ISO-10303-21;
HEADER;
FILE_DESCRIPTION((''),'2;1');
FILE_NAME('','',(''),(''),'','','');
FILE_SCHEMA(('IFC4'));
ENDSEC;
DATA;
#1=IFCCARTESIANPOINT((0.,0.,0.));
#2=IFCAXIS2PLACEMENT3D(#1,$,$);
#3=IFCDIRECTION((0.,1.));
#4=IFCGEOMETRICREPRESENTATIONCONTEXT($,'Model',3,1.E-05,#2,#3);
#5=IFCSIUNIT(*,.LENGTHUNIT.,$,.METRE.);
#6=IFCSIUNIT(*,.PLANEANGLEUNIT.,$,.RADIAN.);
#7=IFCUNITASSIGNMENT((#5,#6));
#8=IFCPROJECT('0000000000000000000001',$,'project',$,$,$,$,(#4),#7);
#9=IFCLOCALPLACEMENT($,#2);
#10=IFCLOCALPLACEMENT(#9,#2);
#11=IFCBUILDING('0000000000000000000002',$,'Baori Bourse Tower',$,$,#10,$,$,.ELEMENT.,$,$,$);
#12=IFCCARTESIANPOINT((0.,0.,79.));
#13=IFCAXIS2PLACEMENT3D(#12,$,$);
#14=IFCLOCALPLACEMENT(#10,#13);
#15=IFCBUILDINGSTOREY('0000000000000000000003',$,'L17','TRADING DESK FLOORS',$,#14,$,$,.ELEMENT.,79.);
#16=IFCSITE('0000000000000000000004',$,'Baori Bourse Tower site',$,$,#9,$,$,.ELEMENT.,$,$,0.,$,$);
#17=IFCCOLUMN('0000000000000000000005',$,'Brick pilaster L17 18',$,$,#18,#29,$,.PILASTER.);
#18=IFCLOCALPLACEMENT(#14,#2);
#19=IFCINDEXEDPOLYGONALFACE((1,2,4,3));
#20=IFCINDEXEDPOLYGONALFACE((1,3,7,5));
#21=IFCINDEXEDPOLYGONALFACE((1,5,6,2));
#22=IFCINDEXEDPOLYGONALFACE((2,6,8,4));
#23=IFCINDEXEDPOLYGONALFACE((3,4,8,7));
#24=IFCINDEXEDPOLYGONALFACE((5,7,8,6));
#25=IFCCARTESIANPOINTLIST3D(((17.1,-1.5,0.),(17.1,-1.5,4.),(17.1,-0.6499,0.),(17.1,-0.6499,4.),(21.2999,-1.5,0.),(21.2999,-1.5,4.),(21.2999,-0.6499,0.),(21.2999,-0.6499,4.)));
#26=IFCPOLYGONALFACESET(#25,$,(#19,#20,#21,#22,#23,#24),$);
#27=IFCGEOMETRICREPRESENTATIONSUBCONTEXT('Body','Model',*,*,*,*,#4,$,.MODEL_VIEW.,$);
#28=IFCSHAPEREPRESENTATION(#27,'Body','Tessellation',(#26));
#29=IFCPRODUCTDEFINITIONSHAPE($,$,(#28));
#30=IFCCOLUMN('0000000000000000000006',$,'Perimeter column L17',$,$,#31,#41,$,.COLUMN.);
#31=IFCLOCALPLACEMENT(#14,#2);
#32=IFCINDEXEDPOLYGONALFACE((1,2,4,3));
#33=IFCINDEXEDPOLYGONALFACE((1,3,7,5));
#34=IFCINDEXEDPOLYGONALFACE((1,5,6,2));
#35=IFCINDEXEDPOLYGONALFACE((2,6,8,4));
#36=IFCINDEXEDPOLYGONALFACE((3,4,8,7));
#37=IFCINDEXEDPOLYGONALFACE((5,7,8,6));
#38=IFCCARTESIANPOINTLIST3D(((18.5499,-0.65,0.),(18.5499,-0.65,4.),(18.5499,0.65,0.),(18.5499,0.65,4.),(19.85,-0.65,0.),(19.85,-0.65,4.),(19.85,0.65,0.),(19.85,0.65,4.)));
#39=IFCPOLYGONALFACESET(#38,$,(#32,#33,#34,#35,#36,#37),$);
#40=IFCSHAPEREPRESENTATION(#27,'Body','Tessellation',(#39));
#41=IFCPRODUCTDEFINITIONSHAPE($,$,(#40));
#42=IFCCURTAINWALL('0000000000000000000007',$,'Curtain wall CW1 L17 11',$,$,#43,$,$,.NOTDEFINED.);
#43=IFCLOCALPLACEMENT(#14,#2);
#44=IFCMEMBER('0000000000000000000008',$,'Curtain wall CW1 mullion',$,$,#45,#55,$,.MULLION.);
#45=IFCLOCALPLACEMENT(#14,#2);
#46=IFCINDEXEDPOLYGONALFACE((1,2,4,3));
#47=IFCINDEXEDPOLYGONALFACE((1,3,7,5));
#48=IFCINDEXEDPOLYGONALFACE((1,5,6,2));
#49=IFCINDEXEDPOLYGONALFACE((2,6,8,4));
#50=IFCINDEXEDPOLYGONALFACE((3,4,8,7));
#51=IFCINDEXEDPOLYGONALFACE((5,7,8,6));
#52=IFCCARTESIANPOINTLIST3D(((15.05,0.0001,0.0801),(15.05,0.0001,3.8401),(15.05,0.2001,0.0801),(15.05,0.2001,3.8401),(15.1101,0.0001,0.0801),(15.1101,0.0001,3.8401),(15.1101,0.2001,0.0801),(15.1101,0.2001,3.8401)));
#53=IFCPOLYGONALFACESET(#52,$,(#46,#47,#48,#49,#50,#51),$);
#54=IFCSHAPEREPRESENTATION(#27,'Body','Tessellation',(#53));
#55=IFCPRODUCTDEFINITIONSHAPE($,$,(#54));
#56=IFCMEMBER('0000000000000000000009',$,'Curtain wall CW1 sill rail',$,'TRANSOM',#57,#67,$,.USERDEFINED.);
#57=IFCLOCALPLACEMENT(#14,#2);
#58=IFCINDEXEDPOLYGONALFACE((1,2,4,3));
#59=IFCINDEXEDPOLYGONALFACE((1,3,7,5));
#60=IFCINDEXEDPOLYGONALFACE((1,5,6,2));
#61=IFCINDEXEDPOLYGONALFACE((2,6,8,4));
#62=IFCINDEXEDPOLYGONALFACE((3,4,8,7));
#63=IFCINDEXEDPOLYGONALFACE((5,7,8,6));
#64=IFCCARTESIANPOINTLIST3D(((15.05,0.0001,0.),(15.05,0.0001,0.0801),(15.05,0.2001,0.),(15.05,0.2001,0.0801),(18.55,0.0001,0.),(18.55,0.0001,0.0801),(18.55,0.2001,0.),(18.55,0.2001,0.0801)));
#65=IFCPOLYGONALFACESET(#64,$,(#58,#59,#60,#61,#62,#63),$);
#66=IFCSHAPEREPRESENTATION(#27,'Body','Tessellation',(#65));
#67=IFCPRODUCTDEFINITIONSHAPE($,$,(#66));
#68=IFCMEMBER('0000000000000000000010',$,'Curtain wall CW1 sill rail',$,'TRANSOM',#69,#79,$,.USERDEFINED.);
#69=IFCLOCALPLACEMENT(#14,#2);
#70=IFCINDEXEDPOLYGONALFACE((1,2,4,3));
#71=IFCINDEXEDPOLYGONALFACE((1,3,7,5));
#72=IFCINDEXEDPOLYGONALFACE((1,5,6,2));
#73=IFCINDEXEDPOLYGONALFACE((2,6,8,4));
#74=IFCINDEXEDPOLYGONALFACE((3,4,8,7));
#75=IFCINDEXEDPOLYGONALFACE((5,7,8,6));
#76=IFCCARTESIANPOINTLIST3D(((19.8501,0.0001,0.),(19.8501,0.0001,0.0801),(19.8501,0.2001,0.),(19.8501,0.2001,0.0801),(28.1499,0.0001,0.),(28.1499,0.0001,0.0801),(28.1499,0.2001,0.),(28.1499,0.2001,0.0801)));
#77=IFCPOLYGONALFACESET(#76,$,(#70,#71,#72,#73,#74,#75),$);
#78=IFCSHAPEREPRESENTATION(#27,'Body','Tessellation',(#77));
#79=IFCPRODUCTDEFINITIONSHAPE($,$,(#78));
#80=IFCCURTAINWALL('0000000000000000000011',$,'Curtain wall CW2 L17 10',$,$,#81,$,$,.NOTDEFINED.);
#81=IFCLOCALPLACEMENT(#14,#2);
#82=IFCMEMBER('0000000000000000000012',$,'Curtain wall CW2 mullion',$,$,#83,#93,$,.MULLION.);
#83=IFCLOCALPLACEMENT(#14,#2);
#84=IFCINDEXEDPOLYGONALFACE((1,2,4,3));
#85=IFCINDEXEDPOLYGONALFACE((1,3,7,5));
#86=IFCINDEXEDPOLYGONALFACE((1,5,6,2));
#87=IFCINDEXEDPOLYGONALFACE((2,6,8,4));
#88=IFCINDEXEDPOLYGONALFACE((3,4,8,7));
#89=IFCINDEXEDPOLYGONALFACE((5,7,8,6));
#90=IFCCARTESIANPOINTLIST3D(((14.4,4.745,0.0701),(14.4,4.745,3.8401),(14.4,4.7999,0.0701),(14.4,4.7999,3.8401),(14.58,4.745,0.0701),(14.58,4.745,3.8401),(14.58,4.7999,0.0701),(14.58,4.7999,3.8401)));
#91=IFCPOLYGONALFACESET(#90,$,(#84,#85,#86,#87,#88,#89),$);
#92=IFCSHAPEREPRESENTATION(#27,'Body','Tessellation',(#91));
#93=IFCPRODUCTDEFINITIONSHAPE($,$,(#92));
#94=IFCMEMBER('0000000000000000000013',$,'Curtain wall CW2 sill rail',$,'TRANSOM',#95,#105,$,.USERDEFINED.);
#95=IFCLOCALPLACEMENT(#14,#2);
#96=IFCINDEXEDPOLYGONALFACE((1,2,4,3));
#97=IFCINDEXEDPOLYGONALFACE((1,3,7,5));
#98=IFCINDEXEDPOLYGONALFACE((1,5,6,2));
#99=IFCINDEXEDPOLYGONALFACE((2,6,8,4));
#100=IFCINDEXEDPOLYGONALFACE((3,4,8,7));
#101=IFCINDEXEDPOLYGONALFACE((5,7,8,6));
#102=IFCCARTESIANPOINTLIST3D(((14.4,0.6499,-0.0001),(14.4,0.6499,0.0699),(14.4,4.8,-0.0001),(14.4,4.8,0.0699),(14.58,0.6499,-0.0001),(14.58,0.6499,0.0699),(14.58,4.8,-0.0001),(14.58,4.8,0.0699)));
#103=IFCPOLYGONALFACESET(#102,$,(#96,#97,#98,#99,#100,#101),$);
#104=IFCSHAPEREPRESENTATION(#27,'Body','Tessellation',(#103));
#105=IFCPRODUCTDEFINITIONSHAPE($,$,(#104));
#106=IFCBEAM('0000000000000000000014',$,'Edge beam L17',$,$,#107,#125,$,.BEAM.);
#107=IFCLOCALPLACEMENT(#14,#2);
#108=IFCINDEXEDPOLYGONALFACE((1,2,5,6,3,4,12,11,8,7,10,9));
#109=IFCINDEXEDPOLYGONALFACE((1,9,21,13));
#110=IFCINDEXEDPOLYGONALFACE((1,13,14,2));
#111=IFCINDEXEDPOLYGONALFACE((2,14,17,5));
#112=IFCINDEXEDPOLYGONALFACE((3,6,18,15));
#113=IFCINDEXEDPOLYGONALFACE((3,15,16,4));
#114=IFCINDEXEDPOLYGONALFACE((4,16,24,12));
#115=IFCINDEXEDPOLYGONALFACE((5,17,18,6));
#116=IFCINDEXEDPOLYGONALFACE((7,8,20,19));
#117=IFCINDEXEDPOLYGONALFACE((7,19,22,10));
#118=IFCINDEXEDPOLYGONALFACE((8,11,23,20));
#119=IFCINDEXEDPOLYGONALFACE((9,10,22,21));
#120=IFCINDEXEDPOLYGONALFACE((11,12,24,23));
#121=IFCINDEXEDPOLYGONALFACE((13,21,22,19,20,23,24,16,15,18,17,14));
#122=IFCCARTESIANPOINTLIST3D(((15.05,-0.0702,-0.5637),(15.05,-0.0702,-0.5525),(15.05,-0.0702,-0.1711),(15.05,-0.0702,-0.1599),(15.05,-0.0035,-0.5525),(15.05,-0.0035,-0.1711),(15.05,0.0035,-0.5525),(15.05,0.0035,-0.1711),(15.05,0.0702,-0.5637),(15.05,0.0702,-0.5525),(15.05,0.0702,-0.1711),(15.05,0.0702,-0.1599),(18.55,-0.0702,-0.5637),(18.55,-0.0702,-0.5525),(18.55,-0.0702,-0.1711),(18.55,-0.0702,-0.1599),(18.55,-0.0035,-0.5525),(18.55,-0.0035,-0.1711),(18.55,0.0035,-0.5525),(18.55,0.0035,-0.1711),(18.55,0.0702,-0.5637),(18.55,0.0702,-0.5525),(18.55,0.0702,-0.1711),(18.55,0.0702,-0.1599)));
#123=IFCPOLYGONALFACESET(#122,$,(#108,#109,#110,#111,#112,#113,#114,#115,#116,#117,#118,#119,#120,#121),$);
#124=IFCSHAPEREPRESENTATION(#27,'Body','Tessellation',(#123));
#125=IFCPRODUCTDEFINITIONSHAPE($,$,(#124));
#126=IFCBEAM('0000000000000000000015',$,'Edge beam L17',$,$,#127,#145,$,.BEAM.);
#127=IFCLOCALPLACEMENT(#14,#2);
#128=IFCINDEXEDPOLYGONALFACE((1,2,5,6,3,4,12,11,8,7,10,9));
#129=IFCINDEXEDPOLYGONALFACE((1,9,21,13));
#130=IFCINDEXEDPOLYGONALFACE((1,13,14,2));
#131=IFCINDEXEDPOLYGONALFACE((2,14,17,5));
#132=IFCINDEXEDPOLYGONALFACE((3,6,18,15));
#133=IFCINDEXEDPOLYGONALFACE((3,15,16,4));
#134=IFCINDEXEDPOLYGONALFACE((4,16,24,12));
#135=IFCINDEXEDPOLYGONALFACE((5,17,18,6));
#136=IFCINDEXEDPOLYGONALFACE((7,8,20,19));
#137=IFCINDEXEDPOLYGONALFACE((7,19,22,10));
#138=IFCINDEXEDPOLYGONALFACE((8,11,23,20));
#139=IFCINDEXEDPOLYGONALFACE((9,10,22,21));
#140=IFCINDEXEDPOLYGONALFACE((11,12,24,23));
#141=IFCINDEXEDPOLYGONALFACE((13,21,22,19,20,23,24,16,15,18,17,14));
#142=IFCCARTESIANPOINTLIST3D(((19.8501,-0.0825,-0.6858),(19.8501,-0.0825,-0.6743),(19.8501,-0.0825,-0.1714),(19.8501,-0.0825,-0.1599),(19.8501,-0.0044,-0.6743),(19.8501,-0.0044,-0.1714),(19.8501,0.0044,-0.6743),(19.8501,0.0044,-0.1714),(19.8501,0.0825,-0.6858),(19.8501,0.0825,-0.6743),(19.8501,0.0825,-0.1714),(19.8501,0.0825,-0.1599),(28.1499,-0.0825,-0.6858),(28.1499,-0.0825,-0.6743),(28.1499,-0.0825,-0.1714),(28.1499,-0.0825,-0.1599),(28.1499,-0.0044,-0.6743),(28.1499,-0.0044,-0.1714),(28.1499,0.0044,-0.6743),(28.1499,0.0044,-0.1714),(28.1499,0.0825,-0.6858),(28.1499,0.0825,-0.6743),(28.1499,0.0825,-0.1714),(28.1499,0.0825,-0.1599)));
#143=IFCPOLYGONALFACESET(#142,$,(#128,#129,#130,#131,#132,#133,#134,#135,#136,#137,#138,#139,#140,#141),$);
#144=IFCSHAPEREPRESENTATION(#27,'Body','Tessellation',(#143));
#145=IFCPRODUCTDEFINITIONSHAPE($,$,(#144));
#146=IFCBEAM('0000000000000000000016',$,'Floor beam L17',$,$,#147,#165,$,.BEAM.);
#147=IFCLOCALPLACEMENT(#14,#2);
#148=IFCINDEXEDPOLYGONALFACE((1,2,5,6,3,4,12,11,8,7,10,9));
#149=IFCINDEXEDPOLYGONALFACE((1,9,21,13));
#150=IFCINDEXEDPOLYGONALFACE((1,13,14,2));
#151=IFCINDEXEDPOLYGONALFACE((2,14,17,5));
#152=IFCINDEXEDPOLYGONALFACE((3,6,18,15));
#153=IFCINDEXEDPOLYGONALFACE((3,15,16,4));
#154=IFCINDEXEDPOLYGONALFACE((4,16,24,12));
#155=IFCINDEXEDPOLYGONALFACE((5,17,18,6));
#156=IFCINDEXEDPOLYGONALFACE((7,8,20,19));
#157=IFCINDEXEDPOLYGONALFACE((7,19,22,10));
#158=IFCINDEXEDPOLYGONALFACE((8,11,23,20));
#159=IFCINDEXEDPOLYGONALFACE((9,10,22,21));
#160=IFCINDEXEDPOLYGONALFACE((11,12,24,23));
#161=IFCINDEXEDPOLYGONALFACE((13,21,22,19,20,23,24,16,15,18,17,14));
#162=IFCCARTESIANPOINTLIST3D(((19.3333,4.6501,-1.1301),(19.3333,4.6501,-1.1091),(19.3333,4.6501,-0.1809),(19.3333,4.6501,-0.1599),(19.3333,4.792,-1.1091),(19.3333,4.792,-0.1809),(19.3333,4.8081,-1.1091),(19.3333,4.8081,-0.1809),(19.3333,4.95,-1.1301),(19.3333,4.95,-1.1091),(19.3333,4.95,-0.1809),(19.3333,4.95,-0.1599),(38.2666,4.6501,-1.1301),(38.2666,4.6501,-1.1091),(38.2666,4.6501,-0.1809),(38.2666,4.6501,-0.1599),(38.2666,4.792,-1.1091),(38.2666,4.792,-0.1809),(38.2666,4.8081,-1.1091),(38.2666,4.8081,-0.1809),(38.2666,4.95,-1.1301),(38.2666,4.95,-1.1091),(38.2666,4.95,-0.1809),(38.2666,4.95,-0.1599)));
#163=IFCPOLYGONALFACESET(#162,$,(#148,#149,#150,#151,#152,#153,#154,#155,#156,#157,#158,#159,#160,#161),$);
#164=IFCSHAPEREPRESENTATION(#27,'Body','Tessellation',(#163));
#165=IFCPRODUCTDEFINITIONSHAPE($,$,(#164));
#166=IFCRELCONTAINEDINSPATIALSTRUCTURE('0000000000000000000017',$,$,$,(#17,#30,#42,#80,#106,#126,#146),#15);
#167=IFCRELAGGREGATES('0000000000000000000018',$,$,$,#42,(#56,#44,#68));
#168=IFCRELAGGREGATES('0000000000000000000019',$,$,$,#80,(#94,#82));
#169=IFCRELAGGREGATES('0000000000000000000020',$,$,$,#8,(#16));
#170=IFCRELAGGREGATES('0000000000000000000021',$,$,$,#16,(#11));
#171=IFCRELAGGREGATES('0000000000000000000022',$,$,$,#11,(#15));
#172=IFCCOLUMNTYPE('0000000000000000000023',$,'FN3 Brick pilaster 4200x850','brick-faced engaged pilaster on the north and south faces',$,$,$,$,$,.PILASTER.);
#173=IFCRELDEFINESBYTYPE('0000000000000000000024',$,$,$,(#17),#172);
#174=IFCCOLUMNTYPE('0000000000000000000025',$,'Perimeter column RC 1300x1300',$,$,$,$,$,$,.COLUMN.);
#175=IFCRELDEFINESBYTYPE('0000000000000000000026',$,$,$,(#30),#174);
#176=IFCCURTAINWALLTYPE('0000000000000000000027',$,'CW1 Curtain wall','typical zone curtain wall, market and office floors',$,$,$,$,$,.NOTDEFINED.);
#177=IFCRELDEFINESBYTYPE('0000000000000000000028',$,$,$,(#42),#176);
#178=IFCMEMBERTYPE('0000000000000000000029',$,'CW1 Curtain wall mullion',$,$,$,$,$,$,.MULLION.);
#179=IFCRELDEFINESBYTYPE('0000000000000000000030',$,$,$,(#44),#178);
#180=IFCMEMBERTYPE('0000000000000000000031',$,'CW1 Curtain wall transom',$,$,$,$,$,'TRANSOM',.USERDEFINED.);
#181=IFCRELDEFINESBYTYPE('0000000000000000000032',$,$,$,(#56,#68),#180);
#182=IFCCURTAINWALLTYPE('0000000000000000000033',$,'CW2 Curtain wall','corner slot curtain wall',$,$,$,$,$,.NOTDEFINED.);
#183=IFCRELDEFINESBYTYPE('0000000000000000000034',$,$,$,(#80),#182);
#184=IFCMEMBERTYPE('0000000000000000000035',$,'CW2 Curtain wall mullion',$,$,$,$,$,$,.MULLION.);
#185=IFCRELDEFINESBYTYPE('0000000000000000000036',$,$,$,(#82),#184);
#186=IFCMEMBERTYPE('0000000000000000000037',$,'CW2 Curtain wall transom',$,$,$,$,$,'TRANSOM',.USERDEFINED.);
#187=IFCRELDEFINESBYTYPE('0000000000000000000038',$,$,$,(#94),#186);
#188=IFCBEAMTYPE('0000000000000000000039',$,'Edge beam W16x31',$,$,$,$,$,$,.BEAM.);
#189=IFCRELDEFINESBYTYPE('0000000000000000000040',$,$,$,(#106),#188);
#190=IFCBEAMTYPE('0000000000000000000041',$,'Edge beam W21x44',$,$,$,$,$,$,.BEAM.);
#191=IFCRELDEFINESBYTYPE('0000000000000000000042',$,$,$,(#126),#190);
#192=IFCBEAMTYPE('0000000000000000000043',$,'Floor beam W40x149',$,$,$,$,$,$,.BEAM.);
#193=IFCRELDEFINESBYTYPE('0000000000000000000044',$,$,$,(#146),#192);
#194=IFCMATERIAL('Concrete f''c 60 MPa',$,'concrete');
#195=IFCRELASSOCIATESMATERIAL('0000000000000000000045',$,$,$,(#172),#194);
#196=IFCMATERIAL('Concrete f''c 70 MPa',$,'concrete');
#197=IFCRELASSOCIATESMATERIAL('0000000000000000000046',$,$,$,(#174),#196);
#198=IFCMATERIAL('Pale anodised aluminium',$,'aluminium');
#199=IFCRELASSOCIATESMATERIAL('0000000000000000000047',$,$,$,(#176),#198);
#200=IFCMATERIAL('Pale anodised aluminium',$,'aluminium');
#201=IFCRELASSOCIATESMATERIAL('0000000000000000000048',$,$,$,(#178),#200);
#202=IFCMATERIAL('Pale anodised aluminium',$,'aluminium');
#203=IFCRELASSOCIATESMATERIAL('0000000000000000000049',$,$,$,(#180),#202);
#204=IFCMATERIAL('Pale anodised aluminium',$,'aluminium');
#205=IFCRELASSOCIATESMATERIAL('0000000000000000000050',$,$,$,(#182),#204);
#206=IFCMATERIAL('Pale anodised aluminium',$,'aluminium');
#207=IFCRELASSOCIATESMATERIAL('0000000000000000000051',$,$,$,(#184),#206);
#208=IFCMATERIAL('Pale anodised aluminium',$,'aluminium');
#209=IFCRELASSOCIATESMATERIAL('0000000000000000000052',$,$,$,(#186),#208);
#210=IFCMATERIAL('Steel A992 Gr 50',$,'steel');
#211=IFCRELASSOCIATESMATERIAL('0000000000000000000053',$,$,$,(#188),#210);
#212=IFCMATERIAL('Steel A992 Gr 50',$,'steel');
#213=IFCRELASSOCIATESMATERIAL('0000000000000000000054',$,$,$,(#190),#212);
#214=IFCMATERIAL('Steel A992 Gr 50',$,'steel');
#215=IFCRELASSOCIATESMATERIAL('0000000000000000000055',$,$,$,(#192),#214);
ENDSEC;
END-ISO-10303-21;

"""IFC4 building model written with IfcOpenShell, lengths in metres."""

from ifc_helpers import new_model, si_unit, direction, frame, origin, origin_2d, place, context, subcontext, project, spatial, rectangle, i_section, extrude, material, material_profile, profile_set, type_object, element, aggregate, save


model = new_model("IFC4")

# Units and contexts
model_context = context("Model", 3, precision=1e-05, world=origin(), true_north=direction((0.0, 1.0)))
body_context = subcontext(model_context, "Body", "Model", "MODEL_VIEW")
ifc_project = project(units=[si_unit("LENGTHUNIT", "METRE"), si_unit("PLANEANGLEUNIT", "RADIAN")], contexts=[model_context])

# Site, building, storey
site_placement = place(None, origin())
site = spatial("IfcSite", under=ifc_project, at=site_placement, Name="Baori Bourse Tower site", CompositionType="ELEMENT", RefElevation=0.0)
building_placement = place(site_placement, origin())
building = spatial("IfcBuilding", under=site, at=building_placement, Name="Baori Bourse Tower", CompositionType="ELEMENT")
storey_placement = place(building_placement, frame((0.0, 0.0, 79.0)))
storey = spatial("IfcBuildingStorey", under=building, at=storey_placement, Name="L17", Description="TRADING DESK FLOORS", CompositionType="ELEMENT", Elevation=79.0)

# Columns
ifc_material_1 = material(Name="Concrete f'c 60 MPa", Category="concrete")
ifc_material_profile_1 = material_profile(ifc_material_1, rectangle(XDim=4.2, YDim=0.8501, at=origin_2d()), Name="RC 4200x850")
ifc_profile_set_1 = profile_set([ifc_material_profile_1], Name="Concrete f'c 60 MPa")
column_type_1 = type_object("IfcColumnType", Name="FN3 Brick pilaster 4200x850", Description="brick-faced engaged pilaster on the north and south faces", PredefinedType="PILASTER", material=ifc_profile_set_1)
column_1_placement = place(storey_placement, frame((19.2, -1.075, 0.0), z_axis=(0.0, 0.0, 1.0), x_axis=(1.0, 0.0, 0.0)))
element("IfcColumn", 1, at=column_1_placement, inside=storey, type_object=column_type_1, Name="Brick pilaster L17 18", PredefinedType="PILASTER", context=body_context, shape_type="SweptSolid", body=[
    extrude(rectangle(XDim=4.2, YDim=0.8501, at=origin_2d()), origin(), (0.0, 0.0, 1.0), 4.0),
])
ifc_material_2 = material(Name="Concrete f'c 70 MPa", Category="concrete")
ifc_material_profile_2 = material_profile(ifc_material_2, rectangle(XDim=1.3, YDim=1.3, at=origin_2d()), Name="RC 1300x1300")
ifc_profile_set_2 = profile_set([ifc_material_profile_2], Name="Concrete f'c 70 MPa")
column_type_2 = type_object("IfcColumnType", Name="Perimeter column RC 1300x1300", PredefinedType="COLUMN", material=ifc_profile_set_2)
column_2_placement = place(storey_placement, frame((19.2, 0.0, 0.0), z_axis=(0.0, 0.0, 1.0), x_axis=(1.0, 0.0, 0.0)))
element("IfcColumn", 2, at=column_2_placement, inside=storey, type_object=column_type_2, Name="Perimeter column L17", PredefinedType="COLUMN", context=body_context, shape_type="SweptSolid", body=[
    extrude(rectangle(XDim=1.3, YDim=1.3, at=origin_2d()), origin(), (0.0, 0.0, 1.0), 4.0),
])

# Curtain walls, members
ifc_material_3 = material(Name="Pale anodised aluminium", Category="aluminium")
curtain_wall_type_1 = type_object("IfcCurtainWallType", Name="CW1 Curtain wall", Description="typical zone curtain wall, market and office floors", PredefinedType="NOTDEFINED", material=ifc_material_3)
curtain_wall_1_placement = place(storey_placement, origin())
curtain_wall_1 = element("IfcCurtainWall", 3, at=curtain_wall_1_placement, inside=storey, type_object=curtain_wall_type_1, Name="Curtain wall CW1 L17 11", PredefinedType="NOTDEFINED")
ifc_material_4 = material(Name="Pale anodised aluminium", Category="aluminium")
ifc_material_profile_3 = material_profile(ifc_material_4, rectangle(XDim=0.2, YDim=0.0601, at=origin_2d()), Name="Mullion 60x200")
ifc_profile_set_3 = profile_set([ifc_material_profile_3], Name="Pale anodised aluminium")
member_type_1 = type_object("IfcMemberType", Name="CW1 Curtain wall mullion", PredefinedType="MULLION", material=ifc_profile_set_3)
member_1_placement = place(storey_placement, frame((15.0801, 0.1001, 0.0801), z_axis=(0.0, 0.0, 1.0), x_axis=(0.0, 1.0, 0.0)))
member_1 = element("IfcMember", 4, at=member_1_placement, type_object=member_type_1, Name="Curtain wall CW1 mullion", PredefinedType="MULLION", context=body_context, shape_type="SweptSolid", body=[
    extrude(rectangle(XDim=0.2, YDim=0.0601, at=origin_2d()), origin(), (0.0, 0.0, 1.0), 3.76),
])
ifc_material_5 = material(Name="Pale anodised aluminium", Category="aluminium")
ifc_material_profile_4 = material_profile(ifc_material_5, rectangle(XDim=0.2, YDim=0.0801, at=origin_2d()), Name="Transom 80x200")
ifc_profile_set_4 = profile_set([ifc_material_profile_4], Name="Pale anodised aluminium")
member_type_2 = type_object("IfcMemberType", Name="CW1 Curtain wall transom", ElementType="TRANSOM", PredefinedType="USERDEFINED", material=ifc_profile_set_4)
member_2_placement = place(storey_placement, frame((15.05, 0.1001, 0.04), z_axis=(1.0, 0.0, 0.0), x_axis=(0.0, 1.0, 0.0)))
member_2 = element("IfcMember", 5, at=member_2_placement, type_object=member_type_2, Name="Curtain wall CW1 sill rail", ObjectType="TRANSOM", PredefinedType="USERDEFINED", context=body_context, shape_type="SweptSolid", body=[
    extrude(rectangle(XDim=0.2, YDim=0.0801, at=origin_2d()), origin(), (0.0, 0.0, 1.0), 3.5),
])
member_3_placement = place(storey_placement, frame((19.8501, 0.1001, 0.04), z_axis=(1.0, 0.0, 0.0), x_axis=(0.0, 1.0, 0.0)))
member_3 = element("IfcMember", 6, at=member_3_placement, type_object=member_type_2, Name="Curtain wall CW1 sill rail", ObjectType="TRANSOM", PredefinedType="USERDEFINED", context=body_context, shape_type="SweptSolid", body=[
    extrude(rectangle(XDim=0.2, YDim=0.0801, at=origin_2d()), origin(), (0.0, 0.0, 1.0), 8.2998),
])
ifc_material_6 = material(Name="Pale anodised aluminium", Category="aluminium")
curtain_wall_type_2 = type_object("IfcCurtainWallType", Name="CW2 Curtain wall", Description="corner slot curtain wall", PredefinedType="NOTDEFINED", material=ifc_material_6)
curtain_wall_2_placement = place(storey_placement, origin())
curtain_wall_2 = element("IfcCurtainWall", 7, at=curtain_wall_2_placement, inside=storey, type_object=curtain_wall_type_2, Name="Curtain wall CW2 L17 10", PredefinedType="NOTDEFINED")
ifc_material_7 = material(Name="Pale anodised aluminium", Category="aluminium")
ifc_material_profile_5 = material_profile(ifc_material_7, rectangle(XDim=0.1799, YDim=0.0549, at=origin_2d()), Name="Mullion 55x180")
ifc_profile_set_5 = profile_set([ifc_material_profile_5], Name="Pale anodised aluminium")
member_type_3 = type_object("IfcMemberType", Name="CW2 Curtain wall mullion", PredefinedType="MULLION", material=ifc_profile_set_5)
member_4_placement = place(storey_placement, frame((14.49, 4.7725, 0.0701), z_axis=(0.0, 0.0, 1.0), x_axis=(1.0, 0.0, 0.0)))
member_4 = element("IfcMember", 8, at=member_4_placement, type_object=member_type_3, Name="Curtain wall CW2 mullion", PredefinedType="MULLION", context=body_context, shape_type="SweptSolid", body=[
    extrude(rectangle(XDim=0.1799, YDim=0.0549, at=origin_2d()), origin(), (0.0, 0.0, 1.0), 3.77),
])
ifc_material_8 = material(Name="Pale anodised aluminium", Category="aluminium")
ifc_material_profile_6 = material_profile(ifc_material_8, rectangle(XDim=0.1799, YDim=0.0701, at=origin_2d()), Name="Transom 70x180")
ifc_profile_set_6 = profile_set([ifc_material_profile_6], Name="Pale anodised aluminium")
member_type_4 = type_object("IfcMemberType", Name="CW2 Curtain wall transom", ElementType="TRANSOM", PredefinedType="USERDEFINED", material=ifc_profile_set_6)
member_5_placement = place(storey_placement, frame((14.49, 4.8, 0.0349), z_axis=(0.0, -1.0, 0.0), x_axis=(1.0, 0.0, 0.0)))
member_5 = element("IfcMember", 9, at=member_5_placement, type_object=member_type_4, Name="Curtain wall CW2 sill rail", ObjectType="TRANSOM", PredefinedType="USERDEFINED", context=body_context, shape_type="SweptSolid", body=[
    extrude(rectangle(XDim=0.1799, YDim=0.0701, at=origin_2d()), origin(), (0.0, 0.0, 1.0), 4.1501),
])

# Beams
ifc_material_9 = material(Name="Steel A992 Gr 50", Category="steel")
ifc_material_profile_7 = material_profile(ifc_material_9, i_section(OverallWidth=0.1404, OverallDepth=0.4038, WebThickness=0.0071, FlangeThickness=0.0112, at=origin_2d()), Name="W16x31")
ifc_profile_set_7 = profile_set([ifc_material_profile_7], Name="Steel A992 Gr 50")
beam_type_1 = type_object("IfcBeamType", Name="Edge beam W16x31", PredefinedType="BEAM", material=ifc_profile_set_7)
beam_1_placement = place(storey_placement, frame((15.05, 0.0, -0.3618), z_axis=(1.0, 0.0, 0.0), x_axis=(0.0, 1.0, 0.0)))
element("IfcBeam", 10, at=beam_1_placement, inside=storey, type_object=beam_type_1, Name="Edge beam L17", PredefinedType="BEAM", context=body_context, shape_type="SweptSolid", body=[
    extrude(i_section(OverallWidth=0.1404, OverallDepth=0.4038, WebThickness=0.0071, FlangeThickness=0.0112, at=origin_2d()), origin(), (0.0, 0.0, 1.0), 3.5),
])
ifc_material_10 = material(Name="Steel A992 Gr 50", Category="steel")
ifc_material_profile_8 = material_profile(ifc_material_10, i_section(OverallWidth=0.165, OverallDepth=0.5259, WebThickness=0.0088, FlangeThickness=0.0115, at=origin_2d()), Name="W21x44")
ifc_profile_set_8 = profile_set([ifc_material_profile_8], Name="Steel A992 Gr 50")
beam_type_2 = type_object("IfcBeamType", Name="Edge beam W21x44", PredefinedType="BEAM", material=ifc_profile_set_8)
beam_2_placement = place(storey_placement, frame((19.8501, 0.0, -0.4229), z_axis=(1.0, 0.0, 0.0), x_axis=(0.0, 1.0, 0.0)))
element("IfcBeam", 11, at=beam_2_placement, inside=storey, type_object=beam_type_2, Name="Edge beam L17", PredefinedType="BEAM", context=body_context, shape_type="SweptSolid", body=[
    extrude(i_section(OverallWidth=0.165, OverallDepth=0.5259, WebThickness=0.0088, FlangeThickness=0.0115, at=origin_2d()), origin(), (0.0, 0.0, 1.0), 8.2998),
])
ifc_material_11 = material(Name="Steel A992 Gr 50", Category="steel")
ifc_material_profile_9 = material_profile(ifc_material_11, i_section(OverallWidth=0.2998, OverallDepth=0.9702, WebThickness=0.0161, FlangeThickness=0.021, at=origin_2d()), Name="W40x149")
ifc_profile_set_9 = profile_set([ifc_material_profile_9], Name="Steel A992 Gr 50")
beam_type_3 = type_object("IfcBeamType", Name="Floor beam W40x149", PredefinedType="BEAM", material=ifc_profile_set_9)
beam_3_placement = place(storey_placement, frame((19.3333, 4.8, -0.645), z_axis=(1.0, 0.0, 0.0), x_axis=(0.0, 1.0, 0.0)))
element("IfcBeam", 12, at=beam_3_placement, inside=storey, type_object=beam_type_3, Name="Floor beam L17", PredefinedType="BEAM", context=body_context, shape_type="SweptSolid", body=[
    extrude(i_section(OverallWidth=0.2998, OverallDepth=0.9702, WebThickness=0.0161, FlangeThickness=0.021, at=origin_2d()), origin(), (0.0, 0.0, 1.0), 18.9333),
])

aggregate(curtain_wall_1, [member_2, member_1, member_3])
aggregate(curtain_wall_2, [member_5, member_4])

save(model, "model.ifc")
